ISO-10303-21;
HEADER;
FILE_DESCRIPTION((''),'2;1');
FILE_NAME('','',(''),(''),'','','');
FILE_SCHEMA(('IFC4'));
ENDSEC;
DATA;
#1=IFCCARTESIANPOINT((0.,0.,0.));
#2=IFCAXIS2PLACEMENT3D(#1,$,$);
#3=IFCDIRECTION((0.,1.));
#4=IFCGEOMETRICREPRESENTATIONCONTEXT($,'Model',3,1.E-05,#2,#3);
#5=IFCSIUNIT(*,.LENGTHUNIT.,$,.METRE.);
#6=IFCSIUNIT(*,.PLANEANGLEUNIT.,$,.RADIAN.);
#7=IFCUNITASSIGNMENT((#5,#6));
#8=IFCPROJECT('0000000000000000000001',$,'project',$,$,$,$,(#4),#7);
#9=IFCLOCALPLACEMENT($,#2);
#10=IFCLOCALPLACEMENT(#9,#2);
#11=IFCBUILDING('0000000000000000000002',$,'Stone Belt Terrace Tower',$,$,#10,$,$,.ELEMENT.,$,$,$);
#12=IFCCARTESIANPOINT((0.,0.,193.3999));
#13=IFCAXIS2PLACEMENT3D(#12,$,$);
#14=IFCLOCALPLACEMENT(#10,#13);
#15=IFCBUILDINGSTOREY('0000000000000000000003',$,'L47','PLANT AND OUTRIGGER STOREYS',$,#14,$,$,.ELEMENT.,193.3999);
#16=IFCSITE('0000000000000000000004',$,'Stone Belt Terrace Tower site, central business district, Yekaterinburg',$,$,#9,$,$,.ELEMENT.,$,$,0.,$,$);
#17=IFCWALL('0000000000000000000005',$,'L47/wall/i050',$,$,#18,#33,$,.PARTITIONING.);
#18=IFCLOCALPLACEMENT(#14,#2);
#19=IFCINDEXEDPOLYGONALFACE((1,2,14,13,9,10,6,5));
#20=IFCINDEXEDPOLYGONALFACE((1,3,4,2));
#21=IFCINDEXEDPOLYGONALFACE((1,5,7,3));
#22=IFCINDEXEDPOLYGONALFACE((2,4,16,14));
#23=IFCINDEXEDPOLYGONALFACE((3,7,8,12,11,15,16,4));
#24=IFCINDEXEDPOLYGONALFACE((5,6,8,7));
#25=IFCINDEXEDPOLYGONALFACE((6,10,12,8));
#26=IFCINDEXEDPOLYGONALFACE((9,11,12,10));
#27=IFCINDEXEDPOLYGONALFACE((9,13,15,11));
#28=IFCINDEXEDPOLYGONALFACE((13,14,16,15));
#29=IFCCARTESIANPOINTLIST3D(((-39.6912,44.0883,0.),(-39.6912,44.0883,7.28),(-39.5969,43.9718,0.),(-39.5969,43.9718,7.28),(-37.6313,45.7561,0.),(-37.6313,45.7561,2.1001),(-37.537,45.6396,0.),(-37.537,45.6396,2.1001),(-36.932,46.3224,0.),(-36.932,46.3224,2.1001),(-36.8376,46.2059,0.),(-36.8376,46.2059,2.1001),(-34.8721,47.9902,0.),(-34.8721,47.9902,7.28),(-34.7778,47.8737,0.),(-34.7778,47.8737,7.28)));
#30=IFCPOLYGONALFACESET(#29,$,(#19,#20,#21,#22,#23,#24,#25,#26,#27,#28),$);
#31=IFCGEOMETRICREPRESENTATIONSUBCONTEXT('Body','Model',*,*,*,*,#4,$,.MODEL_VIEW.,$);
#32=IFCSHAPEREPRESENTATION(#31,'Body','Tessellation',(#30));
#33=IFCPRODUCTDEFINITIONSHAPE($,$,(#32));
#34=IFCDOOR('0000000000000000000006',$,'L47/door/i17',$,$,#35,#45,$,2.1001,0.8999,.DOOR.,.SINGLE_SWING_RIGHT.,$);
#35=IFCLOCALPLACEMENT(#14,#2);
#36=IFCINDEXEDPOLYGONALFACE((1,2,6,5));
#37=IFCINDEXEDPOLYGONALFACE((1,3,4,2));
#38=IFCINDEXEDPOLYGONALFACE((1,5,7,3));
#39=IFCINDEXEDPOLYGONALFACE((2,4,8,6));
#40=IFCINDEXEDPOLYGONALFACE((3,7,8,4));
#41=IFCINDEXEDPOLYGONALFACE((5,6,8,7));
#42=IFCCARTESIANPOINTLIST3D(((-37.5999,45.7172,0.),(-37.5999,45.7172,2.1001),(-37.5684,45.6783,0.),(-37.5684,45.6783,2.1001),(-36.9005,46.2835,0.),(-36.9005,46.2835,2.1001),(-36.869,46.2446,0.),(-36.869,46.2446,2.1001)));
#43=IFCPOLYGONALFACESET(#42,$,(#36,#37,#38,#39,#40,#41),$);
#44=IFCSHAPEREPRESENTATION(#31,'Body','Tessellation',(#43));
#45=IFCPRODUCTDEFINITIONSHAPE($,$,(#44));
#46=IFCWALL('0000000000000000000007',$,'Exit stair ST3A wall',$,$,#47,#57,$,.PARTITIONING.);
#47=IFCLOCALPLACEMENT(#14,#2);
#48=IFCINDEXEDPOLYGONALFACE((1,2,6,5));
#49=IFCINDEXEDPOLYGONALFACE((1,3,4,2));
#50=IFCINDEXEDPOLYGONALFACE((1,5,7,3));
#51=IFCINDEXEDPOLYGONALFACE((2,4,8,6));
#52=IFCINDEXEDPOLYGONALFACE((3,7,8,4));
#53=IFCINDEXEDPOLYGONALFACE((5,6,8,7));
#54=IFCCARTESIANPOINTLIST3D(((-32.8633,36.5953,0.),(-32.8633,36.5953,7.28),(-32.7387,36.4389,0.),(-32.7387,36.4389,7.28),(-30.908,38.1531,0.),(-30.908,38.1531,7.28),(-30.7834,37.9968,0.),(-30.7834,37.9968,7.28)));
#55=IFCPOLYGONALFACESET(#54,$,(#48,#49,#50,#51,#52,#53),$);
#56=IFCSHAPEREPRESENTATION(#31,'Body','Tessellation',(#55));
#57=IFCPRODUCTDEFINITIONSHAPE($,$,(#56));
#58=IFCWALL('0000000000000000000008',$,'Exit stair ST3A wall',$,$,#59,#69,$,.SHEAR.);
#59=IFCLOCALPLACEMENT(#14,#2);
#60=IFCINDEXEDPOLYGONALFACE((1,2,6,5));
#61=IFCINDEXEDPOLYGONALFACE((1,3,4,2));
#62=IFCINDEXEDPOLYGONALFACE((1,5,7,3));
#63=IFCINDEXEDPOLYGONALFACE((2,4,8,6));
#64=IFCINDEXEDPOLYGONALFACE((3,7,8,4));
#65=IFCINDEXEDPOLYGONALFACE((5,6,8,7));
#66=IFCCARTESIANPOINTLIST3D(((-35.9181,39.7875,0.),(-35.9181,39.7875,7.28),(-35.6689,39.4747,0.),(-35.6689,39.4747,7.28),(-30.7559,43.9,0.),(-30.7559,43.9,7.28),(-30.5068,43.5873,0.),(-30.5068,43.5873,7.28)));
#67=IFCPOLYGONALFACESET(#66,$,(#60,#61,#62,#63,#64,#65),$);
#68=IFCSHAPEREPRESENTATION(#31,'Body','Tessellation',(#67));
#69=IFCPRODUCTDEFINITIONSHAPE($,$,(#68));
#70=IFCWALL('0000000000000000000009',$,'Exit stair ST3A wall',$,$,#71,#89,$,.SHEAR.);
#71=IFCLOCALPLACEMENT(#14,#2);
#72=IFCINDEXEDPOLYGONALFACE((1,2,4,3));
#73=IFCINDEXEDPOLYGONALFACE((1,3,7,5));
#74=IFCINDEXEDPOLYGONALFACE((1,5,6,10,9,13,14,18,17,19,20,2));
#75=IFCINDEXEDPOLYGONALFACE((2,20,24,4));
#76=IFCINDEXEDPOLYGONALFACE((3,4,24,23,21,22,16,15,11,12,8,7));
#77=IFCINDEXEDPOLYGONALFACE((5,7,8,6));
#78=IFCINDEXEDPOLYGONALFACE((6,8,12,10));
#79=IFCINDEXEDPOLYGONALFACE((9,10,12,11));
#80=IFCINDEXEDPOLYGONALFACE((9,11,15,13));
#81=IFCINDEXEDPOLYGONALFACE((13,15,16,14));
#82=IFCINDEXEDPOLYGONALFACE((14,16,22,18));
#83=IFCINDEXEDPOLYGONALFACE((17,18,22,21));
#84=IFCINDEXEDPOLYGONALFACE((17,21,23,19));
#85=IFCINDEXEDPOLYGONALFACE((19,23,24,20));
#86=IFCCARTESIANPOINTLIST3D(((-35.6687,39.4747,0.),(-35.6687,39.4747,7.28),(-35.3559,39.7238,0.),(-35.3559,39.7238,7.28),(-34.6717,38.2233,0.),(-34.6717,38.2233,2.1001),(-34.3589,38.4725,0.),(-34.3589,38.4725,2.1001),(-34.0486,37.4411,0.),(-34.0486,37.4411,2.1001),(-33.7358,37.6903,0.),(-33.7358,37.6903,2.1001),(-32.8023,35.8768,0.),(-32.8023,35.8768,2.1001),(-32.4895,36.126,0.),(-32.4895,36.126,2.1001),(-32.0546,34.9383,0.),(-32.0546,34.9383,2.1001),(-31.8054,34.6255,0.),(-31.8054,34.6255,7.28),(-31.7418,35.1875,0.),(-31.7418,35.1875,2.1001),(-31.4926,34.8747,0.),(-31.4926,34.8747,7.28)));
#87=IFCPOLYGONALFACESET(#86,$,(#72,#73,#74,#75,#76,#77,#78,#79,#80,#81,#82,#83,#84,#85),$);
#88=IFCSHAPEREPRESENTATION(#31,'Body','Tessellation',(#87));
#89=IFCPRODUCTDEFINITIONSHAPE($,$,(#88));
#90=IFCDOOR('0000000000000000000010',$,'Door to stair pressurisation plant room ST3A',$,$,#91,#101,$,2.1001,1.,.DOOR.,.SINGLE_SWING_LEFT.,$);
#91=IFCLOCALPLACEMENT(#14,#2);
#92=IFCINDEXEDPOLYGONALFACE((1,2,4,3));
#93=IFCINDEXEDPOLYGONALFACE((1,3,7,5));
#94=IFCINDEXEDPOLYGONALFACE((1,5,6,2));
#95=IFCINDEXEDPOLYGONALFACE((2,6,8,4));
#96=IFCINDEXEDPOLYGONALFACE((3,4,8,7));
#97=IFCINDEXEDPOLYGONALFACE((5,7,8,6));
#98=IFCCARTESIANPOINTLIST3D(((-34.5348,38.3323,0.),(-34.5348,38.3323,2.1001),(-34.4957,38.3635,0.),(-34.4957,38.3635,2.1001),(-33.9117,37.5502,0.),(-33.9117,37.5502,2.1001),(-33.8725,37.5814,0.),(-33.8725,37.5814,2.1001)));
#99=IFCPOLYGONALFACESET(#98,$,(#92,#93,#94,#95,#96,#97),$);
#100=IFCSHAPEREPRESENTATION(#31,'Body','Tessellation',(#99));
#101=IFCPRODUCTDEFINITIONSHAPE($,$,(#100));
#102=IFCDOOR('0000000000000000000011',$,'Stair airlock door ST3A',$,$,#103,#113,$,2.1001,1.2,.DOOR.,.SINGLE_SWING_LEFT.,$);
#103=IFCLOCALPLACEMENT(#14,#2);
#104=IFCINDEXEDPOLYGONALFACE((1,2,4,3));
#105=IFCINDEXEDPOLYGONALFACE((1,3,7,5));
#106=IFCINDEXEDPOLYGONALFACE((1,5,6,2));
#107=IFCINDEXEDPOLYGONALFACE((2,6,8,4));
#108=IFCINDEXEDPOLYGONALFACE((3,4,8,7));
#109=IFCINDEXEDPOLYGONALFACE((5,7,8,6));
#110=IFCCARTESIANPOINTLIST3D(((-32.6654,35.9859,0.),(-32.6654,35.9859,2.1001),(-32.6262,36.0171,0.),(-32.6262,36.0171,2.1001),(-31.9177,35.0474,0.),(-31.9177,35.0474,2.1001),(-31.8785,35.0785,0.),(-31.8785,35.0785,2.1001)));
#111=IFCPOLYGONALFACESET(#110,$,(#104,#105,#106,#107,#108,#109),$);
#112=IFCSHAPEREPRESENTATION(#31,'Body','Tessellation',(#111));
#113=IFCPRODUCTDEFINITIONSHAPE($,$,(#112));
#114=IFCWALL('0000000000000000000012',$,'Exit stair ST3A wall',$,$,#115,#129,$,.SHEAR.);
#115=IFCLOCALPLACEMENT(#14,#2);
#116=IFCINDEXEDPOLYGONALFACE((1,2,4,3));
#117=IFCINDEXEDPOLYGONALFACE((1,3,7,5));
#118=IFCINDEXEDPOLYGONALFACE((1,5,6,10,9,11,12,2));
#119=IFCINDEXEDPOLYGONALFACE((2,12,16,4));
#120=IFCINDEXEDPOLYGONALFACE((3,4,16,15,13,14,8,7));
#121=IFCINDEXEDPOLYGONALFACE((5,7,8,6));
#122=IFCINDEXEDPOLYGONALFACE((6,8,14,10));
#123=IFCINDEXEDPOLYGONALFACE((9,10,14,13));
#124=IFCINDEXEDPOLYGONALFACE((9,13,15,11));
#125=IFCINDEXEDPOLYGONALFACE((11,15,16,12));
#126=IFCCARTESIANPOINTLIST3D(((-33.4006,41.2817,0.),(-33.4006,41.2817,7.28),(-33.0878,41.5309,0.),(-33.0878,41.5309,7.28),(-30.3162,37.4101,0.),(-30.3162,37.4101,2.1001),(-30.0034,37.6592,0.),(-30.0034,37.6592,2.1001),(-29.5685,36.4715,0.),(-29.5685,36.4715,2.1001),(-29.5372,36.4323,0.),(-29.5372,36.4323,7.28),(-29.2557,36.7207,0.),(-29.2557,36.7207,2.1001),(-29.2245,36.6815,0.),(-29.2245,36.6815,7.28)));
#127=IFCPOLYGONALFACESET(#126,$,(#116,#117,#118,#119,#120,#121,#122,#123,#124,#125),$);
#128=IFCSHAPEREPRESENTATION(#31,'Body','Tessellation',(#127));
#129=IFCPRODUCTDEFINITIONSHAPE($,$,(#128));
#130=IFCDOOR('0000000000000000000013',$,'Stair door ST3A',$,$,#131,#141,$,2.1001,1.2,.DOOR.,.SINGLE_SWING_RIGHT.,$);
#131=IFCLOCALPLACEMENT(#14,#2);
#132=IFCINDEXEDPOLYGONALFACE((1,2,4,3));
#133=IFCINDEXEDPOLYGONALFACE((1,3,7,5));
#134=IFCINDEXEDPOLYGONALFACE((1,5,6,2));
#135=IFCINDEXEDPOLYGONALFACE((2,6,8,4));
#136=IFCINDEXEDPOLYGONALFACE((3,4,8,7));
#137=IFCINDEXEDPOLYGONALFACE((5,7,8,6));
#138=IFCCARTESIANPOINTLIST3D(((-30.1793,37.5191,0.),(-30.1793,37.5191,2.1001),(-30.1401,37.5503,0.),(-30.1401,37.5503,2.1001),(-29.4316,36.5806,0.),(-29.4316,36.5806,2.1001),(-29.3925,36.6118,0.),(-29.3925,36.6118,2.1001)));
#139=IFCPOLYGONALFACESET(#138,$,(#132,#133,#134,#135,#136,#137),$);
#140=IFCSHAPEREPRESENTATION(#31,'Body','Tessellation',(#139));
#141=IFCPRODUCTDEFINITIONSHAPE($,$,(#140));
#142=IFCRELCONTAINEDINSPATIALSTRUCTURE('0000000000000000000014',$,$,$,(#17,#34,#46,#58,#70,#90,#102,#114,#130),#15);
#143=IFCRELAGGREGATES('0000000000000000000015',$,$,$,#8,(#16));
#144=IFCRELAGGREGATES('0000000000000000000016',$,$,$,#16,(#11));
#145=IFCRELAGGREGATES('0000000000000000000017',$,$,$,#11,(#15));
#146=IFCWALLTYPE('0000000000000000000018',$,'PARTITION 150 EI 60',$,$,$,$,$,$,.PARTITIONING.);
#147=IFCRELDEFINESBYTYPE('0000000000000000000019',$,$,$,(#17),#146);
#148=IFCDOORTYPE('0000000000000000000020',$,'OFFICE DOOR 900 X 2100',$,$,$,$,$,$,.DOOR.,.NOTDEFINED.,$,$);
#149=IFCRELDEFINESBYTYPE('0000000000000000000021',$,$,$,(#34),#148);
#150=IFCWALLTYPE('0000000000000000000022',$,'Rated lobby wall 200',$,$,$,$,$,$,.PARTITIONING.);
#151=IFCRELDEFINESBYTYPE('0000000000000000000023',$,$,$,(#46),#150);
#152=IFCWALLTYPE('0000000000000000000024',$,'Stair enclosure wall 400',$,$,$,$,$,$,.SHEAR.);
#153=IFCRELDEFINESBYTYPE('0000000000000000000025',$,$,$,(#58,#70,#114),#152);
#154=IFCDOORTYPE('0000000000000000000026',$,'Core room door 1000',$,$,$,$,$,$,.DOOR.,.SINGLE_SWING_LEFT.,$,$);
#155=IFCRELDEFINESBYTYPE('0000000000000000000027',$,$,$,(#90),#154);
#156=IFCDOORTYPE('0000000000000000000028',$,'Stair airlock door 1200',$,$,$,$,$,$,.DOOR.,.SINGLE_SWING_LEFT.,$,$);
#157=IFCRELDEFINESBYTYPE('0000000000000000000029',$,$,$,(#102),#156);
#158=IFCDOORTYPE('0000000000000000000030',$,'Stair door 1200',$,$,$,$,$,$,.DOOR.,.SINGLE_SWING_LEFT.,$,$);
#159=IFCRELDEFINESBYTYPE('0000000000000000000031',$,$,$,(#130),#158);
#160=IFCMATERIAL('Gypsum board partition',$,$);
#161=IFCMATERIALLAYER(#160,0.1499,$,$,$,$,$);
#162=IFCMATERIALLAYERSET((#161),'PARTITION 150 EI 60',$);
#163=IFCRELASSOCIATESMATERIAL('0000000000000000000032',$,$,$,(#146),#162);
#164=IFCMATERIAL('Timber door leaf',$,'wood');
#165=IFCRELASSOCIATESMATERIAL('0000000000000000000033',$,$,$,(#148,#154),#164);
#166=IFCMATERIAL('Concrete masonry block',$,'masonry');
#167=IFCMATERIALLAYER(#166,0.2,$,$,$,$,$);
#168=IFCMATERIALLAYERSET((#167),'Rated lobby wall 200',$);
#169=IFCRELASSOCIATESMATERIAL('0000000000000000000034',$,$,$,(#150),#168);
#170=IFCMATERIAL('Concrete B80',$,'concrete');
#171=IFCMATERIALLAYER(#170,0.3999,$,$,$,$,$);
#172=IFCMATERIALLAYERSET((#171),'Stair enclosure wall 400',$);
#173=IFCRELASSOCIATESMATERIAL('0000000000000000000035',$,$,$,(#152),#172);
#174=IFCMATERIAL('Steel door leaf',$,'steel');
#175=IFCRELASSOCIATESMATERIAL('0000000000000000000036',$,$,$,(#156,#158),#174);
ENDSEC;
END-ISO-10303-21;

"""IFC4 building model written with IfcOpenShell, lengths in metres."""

from ifc_helpers import new_model, si_unit, direction, frame, frame_2d, origin, place, context, subcontext, project, spatial, rectangle, extrude, material, layer, layer_set, type_object, element, fill, save


model = new_model("IFC4")

# Units and contexts
model_context = context("Model", 3, precision=1e-05, world=origin(), true_north=direction((0.0, 1.0)))
body_context = subcontext(model_context, "Body", "Model", "MODEL_VIEW")
ifc_project = project(units=[si_unit("LENGTHUNIT", "METRE"), si_unit("PLANEANGLEUNIT", "RADIAN")], contexts=[model_context])

# Site, building, storey
site_placement = place(None, origin())
site = spatial("IfcSite", under=ifc_project, at=site_placement, Name="Stone Belt Terrace Tower site, central business district, Yekaterinburg", CompositionType="ELEMENT", RefElevation=0.0)
building_placement = place(site_placement, origin())
building = spatial("IfcBuilding", under=site, at=building_placement, Name="Stone Belt Terrace Tower", CompositionType="ELEMENT")
storey_placement = place(building_placement, frame((0.0, 0.0, 193.3999)))
storey = spatial("IfcBuildingStorey", under=building, at=storey_placement, Name="L47", Description="PLANT AND OUTRIGGER STOREYS", CompositionType="ELEMENT", Elevation=193.3999)

# Shared definitions
ifc_material_1 = material(Name="Concrete B80", Category="concrete")

# Shared definitions
ifc_material_2 = material(Name="Gypsum board partition")
ifc_layer_1 = layer(ifc_material_2, 0.1499)
ifc_layer_set_1 = layer_set([ifc_layer_1], Name="PARTITION 150 EI 60")
wall_type_1 = type_object("IfcWallType", Name="PARTITION 150 EI 60", PredefinedType="PARTITIONING", material=ifc_layer_set_1)

# Shared definitions
ifc_material_3 = material(Name="Timber door leaf", Category="wood")
door_type_1 = type_object("IfcDoorType", Name="OFFICE DOOR 900 X 2100", OperationType="NOTDEFINED", PredefinedType="DOOR", material=ifc_material_3)

# Wall, opening, door
wall_1_placement = place(storey_placement, frame((-39.644, 44.03, 0.0), z_axis=(0.0, 0.0, 1.0), x_axis=(0.777191, 0.629265, 0.0)))
wall_1 = element("IfcWall", 1, at=wall_1_placement, inside=storey, type_object=wall_type_1, Name="L47/wall/i050", PredefinedType="PARTITIONING", context=body_context, shape_type="SweptSolid", body=[
    extrude(rectangle(XDim=6.2007, YDim=0.1499, at=frame_2d((3.1003, 0.0))), origin(), (0.0, 0.0, 1.0), 7.28),
])
opening_1_placement = place(wall_1_placement, frame((2.6504, 0.0, 0.0)))
opening_1 = element("IfcOpeningElement", 2, at=opening_1_placement, cuts=wall_1, PredefinedType="OPENING", context=body_context, shape_type="SweptSolid", body=[
    extrude(rectangle(XDim=0.8999, YDim=2.1001, at=frame_2d((0.45, 1.05))), frame((0.0, 0.085, 0.0), z_axis=(0.0, -1.0, 0.0), x_axis=(1.0, 0.0, 0.0)), (0.0, 0.0, 1.0), 0.1699),
])
door_1_placement = place(opening_1_placement, origin())
door_1 = element("IfcDoor", 3, at=door_1_placement, inside=storey, type_object=door_type_1, Name="L47/door/i17", OperationType="SINGLE_SWING_RIGHT", OverallHeight=2.1001, OverallWidth=0.8999, PredefinedType="DOOR", context=body_context, shape_type="SweptSolid", body=[
    extrude(rectangle(XDim=0.8999, YDim=2.1001, at=frame_2d((0.45, 1.05))), frame((0.0, 0.0249, 0.0), z_axis=(0.0, -1.0, 0.0), x_axis=(1.0, 0.0, 0.0)), (0.0, 0.0, 1.0), 0.05),
])
fill(opening_1, door_1)

# Walls
ifc_material_4 = material(Name="Concrete masonry block", Category="masonry")
ifc_layer_2 = layer(ifc_material_4, 0.2)
ifc_layer_set_2 = layer_set([ifc_layer_2], Name="Rated lobby wall 200")
wall_type_2 = type_object("IfcWallType", Name="Rated lobby wall 200", PredefinedType="PARTITIONING", material=ifc_layer_set_2)
wall_2_placement = place(storey_placement, frame((-30.8457, 38.075, 0.0), z_axis=(0.0, 0.0, 1.0), x_axis=(-0.782115, -0.623134, 0.0)))
element("IfcWall", 4, at=wall_2_placement, inside=storey, type_object=wall_type_2, Name="Exit stair ST3A wall", PredefinedType="PARTITIONING", context=body_context, shape_type="SweptSolid", body=[
    extrude(rectangle(XDim=2.5, YDim=0.2, at=frame_2d((1.25, 0.0))), origin(), (0.0, 0.0, 1.0), 7.28),
])
ifc_layer_3 = layer(ifc_material_1, 0.3999)
ifc_layer_set_3 = layer_set([ifc_layer_3], Name="Stair enclosure wall 400")
wall_type_3 = type_object("IfcWallType", Name="Stair enclosure wall 400", PredefinedType="SHEAR", material=ifc_layer_set_3)
wall_3_placement = place(storey_placement, frame((-30.6313, 43.7437, 0.0), z_axis=(0.0, 0.0, 1.0), x_axis=(-0.782134, -0.62311, 0.0)))
element("IfcWall", 5, at=wall_3_placement, inside=storey, type_object=wall_type_3, Name="Exit stair ST3A wall", PredefinedType="SHEAR", context=body_context, shape_type="SweptSolid", body=[
    extrude(rectangle(XDim=6.6001, YDim=0.3999, at=frame_2d((3.3, 0.0))), origin(), (0.0, 0.0, 1.0), 7.28),
])

# Wall, openings, doors
wall_4_placement = place(storey_placement, frame((-31.6489, 34.75, 0.0), z_axis=(0.0, 0.0, 1.0), x_axis=(-0.623119, 0.782127, 0.0)))
wall_4 = element("IfcWall", 6, at=wall_4_placement, inside=storey, type_object=wall_type_3, Name="Exit stair ST3A wall", PredefinedType="SHEAR", context=body_context, shape_type="SweptSolid", body=[
    extrude(rectangle(XDim=6.2, YDim=0.3999, at=frame_2d((3.1001, 0.0))), origin(), (0.0, 0.0, 1.0), 7.28),
])
opening_2_placement = place(wall_4_placement, frame((0.3999, 0.0, 0.0)))
opening_2 = element("IfcOpeningElement", 7, at=opening_2_placement, cuts=wall_4, PredefinedType="OPENING", context=body_context, shape_type="SweptSolid", body=[
    extrude(rectangle(XDim=1.2, YDim=2.1001, at=frame_2d((0.6001, 1.05))), frame((0.0, 0.21, 0.0), z_axis=(0.0, -1.0, 0.0), x_axis=(1.0, 0.0, 0.0)), (0.0, 0.0, 1.0), 0.4199),
])
opening_3_placement = place(wall_4_placement, frame((3.6001, 0.0, 0.0)))
opening_3 = element("IfcOpeningElement", 8, at=opening_3_placement, cuts=wall_4, PredefinedType="OPENING", context=body_context, shape_type="SweptSolid", body=[
    extrude(rectangle(XDim=1.0, YDim=2.1001, at=frame_2d((0.5, 1.05))), frame((0.0, 0.21, 0.0), z_axis=(0.0, -1.0, 0.0), x_axis=(1.0, 0.0, 0.0)), (0.0, 0.0, 1.0), 0.4199),
])
door_type_2 = type_object("IfcDoorType", Name="Core room door 1000", OperationType="SINGLE_SWING_LEFT", PredefinedType="DOOR", material=ifc_material_3)
door_2_placement = place(opening_3_placement, origin())
door_2 = element("IfcDoor", 9, at=door_2_placement, inside=storey, type_object=door_type_2, Name="Door to stair pressurisation plant room ST3A", OperationType="SINGLE_SWING_LEFT", OverallHeight=2.1001, OverallWidth=1.0, PredefinedType="DOOR", context=body_context, shape_type="SweptSolid", body=[
    extrude(rectangle(XDim=1.0, YDim=2.1001, at=frame_2d((0.5, 1.05))), frame((0.0, 0.0249, 0.0), z_axis=(0.0, -1.0, 0.0), x_axis=(1.0, 0.0, 0.0)), (0.0, 0.0, 1.0), 0.05),
])
fill(opening_3, door_2)
ifc_material_5 = material(Name="Steel door leaf", Category="steel")
door_type_3 = type_object("IfcDoorType", Name="Stair airlock door 1200", OperationType="SINGLE_SWING_LEFT", PredefinedType="DOOR", material=ifc_material_5)
door_3_placement = place(opening_2_placement, origin())
door_3 = element("IfcDoor", 10, at=door_3_placement, inside=storey, type_object=door_type_3, Name="Stair airlock door ST3A", OperationType="SINGLE_SWING_LEFT", OverallHeight=2.1001, OverallWidth=1.2, PredefinedType="DOOR", context=body_context, shape_type="SweptSolid", body=[
    extrude(rectangle(XDim=1.2, YDim=2.1001, at=frame_2d((0.6001, 1.05))), frame((0.0, 0.0249, 0.0), z_axis=(0.0, -1.0, 0.0), x_axis=(1.0, 0.0, 0.0)), (0.0, 0.0, 1.0), 0.05),
])
fill(opening_2, door_3)

# Wall, opening, door
wall_5_placement = place(storey_placement, frame((-29.3809, 36.5569, 0.0), z_axis=(0.0, 0.0, 1.0), x_axis=(-0.623099, 0.782143, 0.0)))
wall_5 = element("IfcWall", 11, at=wall_5_placement, inside=storey, type_object=wall_type_3, Name="Exit stair ST3A wall", PredefinedType="SHEAR", context=body_context, shape_type="SweptSolid", body=[
    extrude(rectangle(XDim=6.2002, YDim=0.3999, at=frame_2d((3.1001, 0.0))), origin(), (0.0, 0.0, 1.0), 7.28),
])
opening_4_placement = place(wall_5_placement, frame((0.05, 0.0, 0.0)))
opening_4 = element("IfcOpeningElement", 12, at=opening_4_placement, cuts=wall_5, PredefinedType="OPENING", context=body_context, shape_type="SweptSolid", body=[
    extrude(rectangle(XDim=1.2, YDim=2.1001, at=frame_2d((0.6001, 1.05))), frame((0.0, 0.21, 0.0), z_axis=(0.0, -1.0, 0.0), x_axis=(1.0, 0.0, 0.0)), (0.0, 0.0, 1.0), 0.4199),
])
door_type_4 = type_object("IfcDoorType", Name="Stair door 1200", OperationType="SINGLE_SWING_LEFT", PredefinedType="DOOR", material=ifc_material_5)
door_4_placement = place(opening_4_placement, origin())
door_4 = element("IfcDoor", 13, at=door_4_placement, inside=storey, type_object=door_type_4, Name="Stair door ST3A", OperationType="SINGLE_SWING_RIGHT", OverallHeight=2.1001, OverallWidth=1.2, PredefinedType="DOOR", context=body_context, shape_type="SweptSolid", body=[
    extrude(rectangle(XDim=1.2, YDim=2.1001, at=frame_2d((0.6001, 1.05))), frame((0.0, 0.0249, 0.0), z_axis=(0.0, -1.0, 0.0), x_axis=(1.0, 0.0, 0.0)), (0.0, 0.0, 1.0), 0.05),
])
fill(opening_4, door_4)

save(model, "model.ifc")
